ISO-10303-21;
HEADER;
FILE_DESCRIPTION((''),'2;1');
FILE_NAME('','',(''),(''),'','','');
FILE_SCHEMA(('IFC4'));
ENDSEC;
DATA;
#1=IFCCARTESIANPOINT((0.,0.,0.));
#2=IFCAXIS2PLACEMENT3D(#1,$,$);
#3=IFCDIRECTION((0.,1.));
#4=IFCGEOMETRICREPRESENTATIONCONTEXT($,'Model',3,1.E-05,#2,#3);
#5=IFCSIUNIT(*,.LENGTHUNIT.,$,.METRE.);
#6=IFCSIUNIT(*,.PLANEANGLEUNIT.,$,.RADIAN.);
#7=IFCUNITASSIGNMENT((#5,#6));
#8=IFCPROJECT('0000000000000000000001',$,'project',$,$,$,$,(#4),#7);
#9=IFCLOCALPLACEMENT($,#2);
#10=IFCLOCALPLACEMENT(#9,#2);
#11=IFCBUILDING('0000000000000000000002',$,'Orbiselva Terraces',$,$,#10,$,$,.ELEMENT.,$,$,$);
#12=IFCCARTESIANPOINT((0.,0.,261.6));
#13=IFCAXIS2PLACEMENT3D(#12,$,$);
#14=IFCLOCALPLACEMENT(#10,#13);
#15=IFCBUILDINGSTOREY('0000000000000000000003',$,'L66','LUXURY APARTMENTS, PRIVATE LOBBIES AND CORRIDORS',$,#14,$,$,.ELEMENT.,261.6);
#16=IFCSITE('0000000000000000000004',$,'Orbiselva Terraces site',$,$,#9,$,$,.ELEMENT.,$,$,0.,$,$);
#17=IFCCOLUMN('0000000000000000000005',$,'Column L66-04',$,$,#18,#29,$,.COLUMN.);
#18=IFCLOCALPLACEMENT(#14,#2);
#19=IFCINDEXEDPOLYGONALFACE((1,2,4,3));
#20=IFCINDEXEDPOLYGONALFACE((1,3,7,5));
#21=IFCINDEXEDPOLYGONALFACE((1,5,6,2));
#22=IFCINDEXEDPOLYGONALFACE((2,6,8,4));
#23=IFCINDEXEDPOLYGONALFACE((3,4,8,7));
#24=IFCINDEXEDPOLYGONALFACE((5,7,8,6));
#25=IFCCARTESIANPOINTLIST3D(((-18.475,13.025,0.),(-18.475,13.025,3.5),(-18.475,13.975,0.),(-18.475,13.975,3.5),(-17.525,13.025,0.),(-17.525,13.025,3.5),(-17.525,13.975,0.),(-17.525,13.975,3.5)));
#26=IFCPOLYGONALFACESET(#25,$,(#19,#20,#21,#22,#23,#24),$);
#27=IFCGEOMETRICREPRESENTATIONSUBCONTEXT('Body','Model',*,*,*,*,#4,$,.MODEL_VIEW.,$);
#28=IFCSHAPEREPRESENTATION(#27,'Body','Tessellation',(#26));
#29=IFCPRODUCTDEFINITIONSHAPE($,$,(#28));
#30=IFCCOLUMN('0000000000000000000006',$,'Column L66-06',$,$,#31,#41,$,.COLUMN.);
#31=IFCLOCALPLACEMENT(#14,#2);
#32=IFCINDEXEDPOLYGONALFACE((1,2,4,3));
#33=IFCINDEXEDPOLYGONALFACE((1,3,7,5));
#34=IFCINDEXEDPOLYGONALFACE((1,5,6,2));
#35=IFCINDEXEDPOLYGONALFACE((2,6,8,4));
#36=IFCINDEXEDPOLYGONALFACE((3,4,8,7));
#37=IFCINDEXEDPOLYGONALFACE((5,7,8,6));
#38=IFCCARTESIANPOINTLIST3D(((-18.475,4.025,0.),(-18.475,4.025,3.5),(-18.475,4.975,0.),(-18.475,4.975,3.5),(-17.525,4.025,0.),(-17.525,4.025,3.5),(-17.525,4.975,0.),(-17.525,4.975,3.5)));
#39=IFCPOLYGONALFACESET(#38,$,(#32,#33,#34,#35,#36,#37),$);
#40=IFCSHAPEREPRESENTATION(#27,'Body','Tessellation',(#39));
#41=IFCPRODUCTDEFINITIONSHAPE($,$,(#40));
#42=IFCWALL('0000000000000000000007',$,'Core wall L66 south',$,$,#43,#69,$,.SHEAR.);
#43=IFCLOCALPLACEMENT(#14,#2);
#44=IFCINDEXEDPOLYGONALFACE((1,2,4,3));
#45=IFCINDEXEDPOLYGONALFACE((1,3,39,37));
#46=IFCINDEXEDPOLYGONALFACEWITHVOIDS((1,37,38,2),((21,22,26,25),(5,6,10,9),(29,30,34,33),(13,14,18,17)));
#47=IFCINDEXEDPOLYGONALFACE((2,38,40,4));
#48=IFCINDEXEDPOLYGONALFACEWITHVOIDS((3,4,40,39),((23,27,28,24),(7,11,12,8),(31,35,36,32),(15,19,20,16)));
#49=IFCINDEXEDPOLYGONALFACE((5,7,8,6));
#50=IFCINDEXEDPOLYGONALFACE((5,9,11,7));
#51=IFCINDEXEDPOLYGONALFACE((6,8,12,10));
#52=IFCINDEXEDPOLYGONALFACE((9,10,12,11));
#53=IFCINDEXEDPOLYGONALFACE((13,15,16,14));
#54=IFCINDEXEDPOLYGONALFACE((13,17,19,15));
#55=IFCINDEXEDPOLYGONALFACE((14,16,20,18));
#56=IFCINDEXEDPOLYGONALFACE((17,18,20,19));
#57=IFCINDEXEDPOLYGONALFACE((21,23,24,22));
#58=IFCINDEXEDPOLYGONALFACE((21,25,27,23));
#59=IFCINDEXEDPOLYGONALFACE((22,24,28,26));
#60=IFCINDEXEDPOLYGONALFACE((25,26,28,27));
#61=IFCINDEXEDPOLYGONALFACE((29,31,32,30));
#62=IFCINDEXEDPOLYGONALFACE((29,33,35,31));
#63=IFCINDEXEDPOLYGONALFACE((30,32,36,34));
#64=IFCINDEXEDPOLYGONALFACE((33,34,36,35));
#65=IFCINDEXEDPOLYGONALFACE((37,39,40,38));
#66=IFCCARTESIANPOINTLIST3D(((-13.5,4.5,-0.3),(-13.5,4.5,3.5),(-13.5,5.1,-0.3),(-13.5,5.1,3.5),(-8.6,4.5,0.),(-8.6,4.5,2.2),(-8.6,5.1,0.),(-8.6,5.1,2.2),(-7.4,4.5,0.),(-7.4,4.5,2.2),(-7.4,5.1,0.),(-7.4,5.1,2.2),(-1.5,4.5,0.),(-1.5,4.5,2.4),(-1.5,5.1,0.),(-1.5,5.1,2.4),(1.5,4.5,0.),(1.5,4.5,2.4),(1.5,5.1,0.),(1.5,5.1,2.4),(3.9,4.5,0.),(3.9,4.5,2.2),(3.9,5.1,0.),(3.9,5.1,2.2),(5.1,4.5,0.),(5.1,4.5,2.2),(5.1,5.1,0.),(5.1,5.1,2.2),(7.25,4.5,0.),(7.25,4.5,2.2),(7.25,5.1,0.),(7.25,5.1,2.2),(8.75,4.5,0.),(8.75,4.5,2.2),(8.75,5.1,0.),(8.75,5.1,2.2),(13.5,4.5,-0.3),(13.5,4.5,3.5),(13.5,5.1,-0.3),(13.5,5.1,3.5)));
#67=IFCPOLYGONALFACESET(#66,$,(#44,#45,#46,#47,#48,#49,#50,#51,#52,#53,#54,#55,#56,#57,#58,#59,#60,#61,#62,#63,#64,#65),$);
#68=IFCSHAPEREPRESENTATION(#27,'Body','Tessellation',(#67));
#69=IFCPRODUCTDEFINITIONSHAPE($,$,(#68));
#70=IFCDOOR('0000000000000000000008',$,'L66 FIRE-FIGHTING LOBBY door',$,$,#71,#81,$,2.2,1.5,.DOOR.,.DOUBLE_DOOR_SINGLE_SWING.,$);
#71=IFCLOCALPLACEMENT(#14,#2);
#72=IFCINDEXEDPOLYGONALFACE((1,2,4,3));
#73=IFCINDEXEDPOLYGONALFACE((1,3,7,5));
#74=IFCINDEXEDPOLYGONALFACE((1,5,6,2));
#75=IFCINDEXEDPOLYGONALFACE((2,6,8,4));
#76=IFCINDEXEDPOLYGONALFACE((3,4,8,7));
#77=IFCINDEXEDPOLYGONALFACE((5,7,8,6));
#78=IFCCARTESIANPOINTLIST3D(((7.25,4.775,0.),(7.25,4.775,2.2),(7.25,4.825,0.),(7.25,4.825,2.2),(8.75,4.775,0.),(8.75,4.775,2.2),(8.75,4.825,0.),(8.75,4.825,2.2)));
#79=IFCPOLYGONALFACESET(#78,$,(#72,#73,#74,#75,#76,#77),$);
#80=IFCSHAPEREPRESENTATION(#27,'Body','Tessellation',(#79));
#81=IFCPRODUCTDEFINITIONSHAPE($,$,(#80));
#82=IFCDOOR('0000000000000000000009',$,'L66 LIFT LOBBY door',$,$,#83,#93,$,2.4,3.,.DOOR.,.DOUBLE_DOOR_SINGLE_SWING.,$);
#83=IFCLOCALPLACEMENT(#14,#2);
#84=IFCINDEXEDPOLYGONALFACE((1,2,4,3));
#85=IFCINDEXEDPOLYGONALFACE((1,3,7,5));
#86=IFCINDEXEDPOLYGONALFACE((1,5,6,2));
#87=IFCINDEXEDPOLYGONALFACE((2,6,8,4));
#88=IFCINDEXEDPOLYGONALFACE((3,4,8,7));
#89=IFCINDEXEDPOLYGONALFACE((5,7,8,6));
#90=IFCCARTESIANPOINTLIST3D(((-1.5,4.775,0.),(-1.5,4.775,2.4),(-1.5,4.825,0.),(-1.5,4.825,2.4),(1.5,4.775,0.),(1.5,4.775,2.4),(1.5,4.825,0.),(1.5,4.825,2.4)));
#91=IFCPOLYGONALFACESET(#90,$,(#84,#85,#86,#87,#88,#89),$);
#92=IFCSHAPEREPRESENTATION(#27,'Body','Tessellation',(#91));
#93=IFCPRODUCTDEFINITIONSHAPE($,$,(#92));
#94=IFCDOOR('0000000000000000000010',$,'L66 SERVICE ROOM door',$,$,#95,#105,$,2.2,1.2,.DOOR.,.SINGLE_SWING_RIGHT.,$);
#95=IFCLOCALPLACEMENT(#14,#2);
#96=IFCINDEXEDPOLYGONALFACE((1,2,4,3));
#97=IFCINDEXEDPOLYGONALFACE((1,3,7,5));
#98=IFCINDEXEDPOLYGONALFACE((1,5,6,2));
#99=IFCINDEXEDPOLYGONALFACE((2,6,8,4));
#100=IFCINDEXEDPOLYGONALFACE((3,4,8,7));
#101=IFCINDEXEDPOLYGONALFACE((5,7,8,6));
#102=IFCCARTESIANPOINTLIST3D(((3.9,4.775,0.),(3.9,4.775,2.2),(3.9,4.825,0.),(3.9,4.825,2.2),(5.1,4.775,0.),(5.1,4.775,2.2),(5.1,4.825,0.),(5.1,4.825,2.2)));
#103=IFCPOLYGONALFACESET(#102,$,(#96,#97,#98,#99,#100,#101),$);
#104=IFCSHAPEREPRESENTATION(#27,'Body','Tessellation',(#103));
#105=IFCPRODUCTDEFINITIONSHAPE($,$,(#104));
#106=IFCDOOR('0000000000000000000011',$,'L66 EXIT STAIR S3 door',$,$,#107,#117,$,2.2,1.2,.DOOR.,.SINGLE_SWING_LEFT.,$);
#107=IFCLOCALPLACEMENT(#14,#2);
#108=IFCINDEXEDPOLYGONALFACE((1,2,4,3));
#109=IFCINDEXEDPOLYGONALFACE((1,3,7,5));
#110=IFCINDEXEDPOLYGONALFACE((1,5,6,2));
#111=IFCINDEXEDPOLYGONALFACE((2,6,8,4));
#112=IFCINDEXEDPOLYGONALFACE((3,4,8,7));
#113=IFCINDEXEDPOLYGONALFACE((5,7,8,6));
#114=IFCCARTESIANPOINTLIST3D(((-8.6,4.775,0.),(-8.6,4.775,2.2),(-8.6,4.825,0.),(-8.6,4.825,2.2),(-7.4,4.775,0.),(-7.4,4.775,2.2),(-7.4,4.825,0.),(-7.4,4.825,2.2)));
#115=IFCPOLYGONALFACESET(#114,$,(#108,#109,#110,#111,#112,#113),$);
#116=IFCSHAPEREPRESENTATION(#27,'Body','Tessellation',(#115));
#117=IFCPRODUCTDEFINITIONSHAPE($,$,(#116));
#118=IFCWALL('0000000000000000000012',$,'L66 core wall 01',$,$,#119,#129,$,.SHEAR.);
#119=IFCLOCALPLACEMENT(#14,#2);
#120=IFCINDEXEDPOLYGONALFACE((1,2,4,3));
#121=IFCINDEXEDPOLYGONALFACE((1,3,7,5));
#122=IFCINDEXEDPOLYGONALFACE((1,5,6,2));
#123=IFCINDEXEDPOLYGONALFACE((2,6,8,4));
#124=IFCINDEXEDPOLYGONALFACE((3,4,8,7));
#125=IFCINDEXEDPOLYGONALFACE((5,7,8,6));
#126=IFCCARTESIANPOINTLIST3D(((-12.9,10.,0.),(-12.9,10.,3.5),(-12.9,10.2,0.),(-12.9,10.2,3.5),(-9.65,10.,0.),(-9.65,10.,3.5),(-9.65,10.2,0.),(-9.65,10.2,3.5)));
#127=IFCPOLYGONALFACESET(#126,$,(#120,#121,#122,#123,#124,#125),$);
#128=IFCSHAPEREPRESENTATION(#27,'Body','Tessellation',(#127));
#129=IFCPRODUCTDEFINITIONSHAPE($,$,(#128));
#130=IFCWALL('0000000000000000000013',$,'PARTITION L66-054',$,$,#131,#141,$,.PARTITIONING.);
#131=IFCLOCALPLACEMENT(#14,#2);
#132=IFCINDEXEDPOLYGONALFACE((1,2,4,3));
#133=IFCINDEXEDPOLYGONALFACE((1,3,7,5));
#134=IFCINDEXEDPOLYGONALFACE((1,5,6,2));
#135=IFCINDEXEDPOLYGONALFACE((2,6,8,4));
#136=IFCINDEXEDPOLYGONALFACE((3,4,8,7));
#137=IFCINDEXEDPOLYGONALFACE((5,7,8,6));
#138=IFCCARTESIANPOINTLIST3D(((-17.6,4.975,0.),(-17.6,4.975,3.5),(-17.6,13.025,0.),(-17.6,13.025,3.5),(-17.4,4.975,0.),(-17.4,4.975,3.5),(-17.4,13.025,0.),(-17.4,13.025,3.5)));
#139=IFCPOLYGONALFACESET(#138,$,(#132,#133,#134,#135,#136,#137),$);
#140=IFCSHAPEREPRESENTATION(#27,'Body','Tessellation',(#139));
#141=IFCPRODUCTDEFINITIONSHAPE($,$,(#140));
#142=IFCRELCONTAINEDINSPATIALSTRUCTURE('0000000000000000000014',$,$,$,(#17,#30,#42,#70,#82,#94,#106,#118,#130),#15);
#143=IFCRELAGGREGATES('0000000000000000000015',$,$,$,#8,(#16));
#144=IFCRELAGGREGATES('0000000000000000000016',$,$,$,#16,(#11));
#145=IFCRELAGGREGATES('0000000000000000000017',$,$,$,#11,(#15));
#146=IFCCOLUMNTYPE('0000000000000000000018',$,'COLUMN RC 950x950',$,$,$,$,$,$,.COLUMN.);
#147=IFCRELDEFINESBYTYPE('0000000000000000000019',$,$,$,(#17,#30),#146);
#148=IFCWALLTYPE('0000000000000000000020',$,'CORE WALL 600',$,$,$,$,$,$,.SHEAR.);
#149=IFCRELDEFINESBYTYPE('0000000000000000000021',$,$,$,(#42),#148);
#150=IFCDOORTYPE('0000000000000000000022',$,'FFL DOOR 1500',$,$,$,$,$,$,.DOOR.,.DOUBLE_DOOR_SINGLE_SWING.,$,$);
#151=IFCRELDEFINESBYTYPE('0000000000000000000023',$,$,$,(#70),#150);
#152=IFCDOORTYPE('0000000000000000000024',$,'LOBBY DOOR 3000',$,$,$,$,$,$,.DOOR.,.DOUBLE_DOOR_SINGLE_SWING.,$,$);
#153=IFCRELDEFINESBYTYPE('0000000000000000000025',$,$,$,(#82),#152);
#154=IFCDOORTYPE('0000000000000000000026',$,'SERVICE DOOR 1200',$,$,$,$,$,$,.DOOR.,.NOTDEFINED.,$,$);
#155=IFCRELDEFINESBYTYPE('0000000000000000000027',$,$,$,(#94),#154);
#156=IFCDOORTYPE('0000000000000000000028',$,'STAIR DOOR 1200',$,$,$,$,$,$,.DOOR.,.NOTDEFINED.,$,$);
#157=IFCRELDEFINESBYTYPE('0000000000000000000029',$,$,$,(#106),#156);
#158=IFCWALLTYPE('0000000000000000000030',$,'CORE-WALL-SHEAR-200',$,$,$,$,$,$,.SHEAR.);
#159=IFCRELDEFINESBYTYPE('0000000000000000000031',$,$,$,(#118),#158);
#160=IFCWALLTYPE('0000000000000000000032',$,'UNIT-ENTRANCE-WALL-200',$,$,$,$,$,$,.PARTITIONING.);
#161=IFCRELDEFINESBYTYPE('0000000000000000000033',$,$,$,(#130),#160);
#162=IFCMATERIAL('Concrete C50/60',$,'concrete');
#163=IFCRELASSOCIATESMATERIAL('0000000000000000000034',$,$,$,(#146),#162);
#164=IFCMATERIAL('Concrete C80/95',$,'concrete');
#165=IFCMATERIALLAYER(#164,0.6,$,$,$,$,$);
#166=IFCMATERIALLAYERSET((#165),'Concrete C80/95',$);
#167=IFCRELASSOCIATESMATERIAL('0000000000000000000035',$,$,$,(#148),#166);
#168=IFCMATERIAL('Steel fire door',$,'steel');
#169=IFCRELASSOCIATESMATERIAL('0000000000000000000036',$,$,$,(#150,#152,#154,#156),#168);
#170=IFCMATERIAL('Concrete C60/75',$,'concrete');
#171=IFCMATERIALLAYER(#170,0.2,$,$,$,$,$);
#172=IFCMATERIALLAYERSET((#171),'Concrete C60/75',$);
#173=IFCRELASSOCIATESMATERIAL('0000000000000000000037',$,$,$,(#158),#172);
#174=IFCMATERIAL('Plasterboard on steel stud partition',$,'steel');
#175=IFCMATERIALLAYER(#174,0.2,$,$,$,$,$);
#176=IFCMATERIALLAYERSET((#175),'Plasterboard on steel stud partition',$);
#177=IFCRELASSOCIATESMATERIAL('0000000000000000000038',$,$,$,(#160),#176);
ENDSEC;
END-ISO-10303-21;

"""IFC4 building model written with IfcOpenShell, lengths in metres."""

from ifc_helpers import new_model, si_unit, direction, frame, frame_2d, origin, origin_2d, place, context, subcontext, project, spatial, rectangle, extrude, material, layer, layer_set, material_profile, profile_set, type_object, element, fill, save


model = new_model("IFC4")

# Units and contexts
model_context = context("Model", 3, precision=1e-05, world=origin(), true_north=direction((0.0, 1.0)))
body_context = subcontext(model_context, "Body", "Model", "MODEL_VIEW")
ifc_project = project(units=[si_unit("LENGTHUNIT", "METRE"), si_unit("PLANEANGLEUNIT", "RADIAN")], contexts=[model_context])

# Site, building, storey
site_placement = place(None, origin())
site = spatial("IfcSite", under=ifc_project, at=site_placement, Name="Orbiselva Terraces site", CompositionType="ELEMENT", RefElevation=0.0)
building_placement = place(site_placement, origin())
building = spatial("IfcBuilding", under=site, at=building_placement, Name="Orbiselva Terraces", CompositionType="ELEMENT")
storey_placement = place(building_placement, frame((0.0, 0.0, 261.6)))
storey = spatial("IfcBuildingStorey", under=building, at=storey_placement, Name="L66", Description="LUXURY APARTMENTS, PRIVATE LOBBIES AND CORRIDORS", CompositionType="ELEMENT", Elevation=261.6)

# Columns
ifc_material_1 = material(Name="Concrete C50/60", Category="concrete")
ifc_material_profile = material_profile(ifc_material_1, rectangle(XDim=0.95, YDim=0.95, at=origin_2d()), Name="RC 950x950")
ifc_profile_set = profile_set([ifc_material_profile], Name="Concrete C50/60")
column_type = type_object("IfcColumnType", Name="COLUMN RC 950x950", PredefinedType="COLUMN", material=ifc_profile_set)
for number, where, z_axis, x_axis, name in (
    (1, (-18.0, 13.5, 0.0), (0.0, 0.0, 1.0), (1.0, 0.0, 0.0), "Column L66-04"),
    (2, (-18.0, 4.5, 0.0), (0.0, 0.0, 1.0), (1.0, 0.0, 0.0), "Column L66-06"),
):
    element("IfcColumn", number, at=place(storey_placement, frame(where, z_axis=z_axis, x_axis=x_axis)), inside=storey, type_object=column_type, Name=name, PredefinedType="COLUMN", context=body_context, shape_type="SweptSolid", body=[
        extrude(rectangle(XDim=0.95, YDim=0.95, at=origin_2d()), origin(), (0.0, 0.0, 1.0), 3.5),
    ])

# Wall, openings, doors
ifc_material_2 = material(Name="Concrete C80/95", Category="concrete")
ifc_layer_1 = layer(ifc_material_2, 0.6)
ifc_layer_set_1 = layer_set([ifc_layer_1], Name="Concrete C80/95")
wall_type_1 = type_object("IfcWallType", Name="CORE WALL 600", PredefinedType="SHEAR", material=ifc_layer_set_1)
wall_1_placement = place(storey_placement, frame((-13.5, 4.8, -0.3), z_axis=(0.0, 0.0, 1.0), x_axis=(1.0, 0.0, 0.0)))
wall_1 = element("IfcWall", 3, at=wall_1_placement, inside=storey, type_object=wall_type_1, Name="Core wall L66 south", PredefinedType="SHEAR", context=body_context, shape_type="SweptSolid", body=[
    extrude(rectangle(XDim=27.0, YDim=0.6, at=frame_2d((13.5, 0.0))), origin(), (0.0, 0.0, 1.0), 3.8),
])
opening_1_placement = place(wall_1_placement, frame((12.0, 0.0, 0.3)))
opening_1 = element("IfcOpeningElement", 4, at=opening_1_placement, cuts=wall_1, PredefinedType="OPENING", context=body_context, shape_type="SweptSolid", body=[
    extrude(rectangle(XDim=3.0, YDim=2.4, at=frame_2d((1.5, 1.2))), frame((0.0, 0.31, 0.0), z_axis=(0.0, -1.0, 0.0), x_axis=(1.0, 0.0, 0.0)), (0.0, 0.0, 1.0), 0.62),
])
opening_2_placement = place(wall_1_placement, frame((4.9, 0.0, 0.3)))
opening_2 = element("IfcOpeningElement", 5, at=opening_2_placement, cuts=wall_1, PredefinedType="OPENING", context=body_context, shape_type="SweptSolid", body=[
    extrude(rectangle(XDim=1.2, YDim=2.2, at=frame_2d((0.6, 1.1))), frame((0.0, 0.31, 0.0), z_axis=(0.0, -1.0, 0.0), x_axis=(1.0, 0.0, 0.0)), (0.0, 0.0, 1.0), 0.62),
])
opening_3_placement = place(wall_1_placement, frame((20.75, 0.0, 0.3)))
opening_3 = element("IfcOpeningElement", 6, at=opening_3_placement, cuts=wall_1, PredefinedType="OPENING", context=body_context, shape_type="SweptSolid", body=[
    extrude(rectangle(XDim=1.5, YDim=2.2, at=frame_2d((0.75, 1.1))), frame((0.0, 0.31, 0.0), z_axis=(0.0, -1.0, 0.0), x_axis=(1.0, 0.0, 0.0)), (0.0, 0.0, 1.0), 0.62),
])
opening_4_placement = place(wall_1_placement, frame((17.4, 0.0, 0.3)))
opening_4 = element("IfcOpeningElement", 7, at=opening_4_placement, cuts=wall_1, PredefinedType="OPENING", context=body_context, shape_type="SweptSolid", body=[
    extrude(rectangle(XDim=1.2, YDim=2.2, at=frame_2d((0.6, 1.1))), frame((0.0, 0.31, 0.0), z_axis=(0.0, -1.0, 0.0), x_axis=(1.0, 0.0, 0.0)), (0.0, 0.0, 1.0), 0.62),
])
ifc_material_3 = material(Name="Steel fire door", Category="steel")
door_type_1 = type_object("IfcDoorType", Name="FFL DOOR 1500", OperationType="DOUBLE_DOOR_SINGLE_SWING", PredefinedType="DOOR", material=ifc_material_3)
door_1_placement = place(opening_3_placement, frame((1.5, 0.0, 0.0), z_axis=(0.0, 0.0, 1.0), x_axis=(-1.0, 0.0, 0.0)))
door_1 = element("IfcDoor", 8, at=door_1_placement, inside=storey, type_object=door_type_1, Name="L66 FIRE-FIGHTING LOBBY door", OperationType="DOUBLE_DOOR_SINGLE_SWING", OverallHeight=2.2, OverallWidth=1.5, PredefinedType="DOOR", context=body_context, shape_type="SweptSolid", body=[
    extrude(rectangle(XDim=1.5, YDim=2.2, at=frame_2d((0.75, 1.1))), frame((0.0, 0.025, 0.0), z_axis=(0.0, -1.0, 0.0), x_axis=(1.0, 0.0, 0.0)), (0.0, 0.0, 1.0), 0.05),
])
fill(opening_3, door_1)
door_type_2 = type_object("IfcDoorType", Name="LOBBY DOOR 3000", OperationType="DOUBLE_DOOR_SINGLE_SWING", PredefinedType="DOOR", material=ifc_material_3)
door_2_placement = place(opening_1_placement, frame((3.0, 0.0, 0.0), z_axis=(0.0, 0.0, 1.0), x_axis=(-1.0, 0.0, 0.0)))
door_2 = element("IfcDoor", 9, at=door_2_placement, inside=storey, type_object=door_type_2, Name="L66 LIFT LOBBY door", OperationType="DOUBLE_DOOR_SINGLE_SWING", OverallHeight=2.4, OverallWidth=3.0, PredefinedType="DOOR", context=body_context, shape_type="SweptSolid", body=[
    extrude(rectangle(XDim=3.0, YDim=2.4, at=frame_2d((1.5, 1.2))), frame((0.0, 0.025, 0.0), z_axis=(0.0, -1.0, 0.0), x_axis=(1.0, 0.0, 0.0)), (0.0, 0.0, 1.0), 0.05),
])
fill(opening_1, door_2)
door_type_3 = type_object("IfcDoorType", Name="SERVICE DOOR 1200", OperationType="NOTDEFINED", PredefinedType="DOOR", material=ifc_material_3)
door_3_placement = place(opening_4_placement, frame((1.2, 0.0, 0.0), z_axis=(0.0, 0.0, 1.0), x_axis=(-1.0, 0.0, 0.0)))
door_3 = element("IfcDoor", 10, at=door_3_placement, inside=storey, type_object=door_type_3, Name="L66 SERVICE ROOM door", OperationType="SINGLE_SWING_RIGHT", OverallHeight=2.2, OverallWidth=1.2, PredefinedType="DOOR", context=body_context, shape_type="SweptSolid", body=[
    extrude(rectangle(XDim=1.2, YDim=2.2, at=frame_2d((0.6, 1.1))), frame((0.0, 0.025, 0.0), z_axis=(0.0, -1.0, 0.0), x_axis=(1.0, 0.0, 0.0)), (0.0, 0.0, 1.0), 0.05),
])
fill(opening_4, door_3)
door_type_4 = type_object("IfcDoorType", Name="STAIR DOOR 1200", OperationType="NOTDEFINED", PredefinedType="DOOR", material=ifc_material_3)
door_4_placement = place(opening_2_placement, frame((1.2, 0.0, 0.0), z_axis=(0.0, 0.0, 1.0), x_axis=(-1.0, 0.0, 0.0)))
door_4 = element("IfcDoor", 11, at=door_4_placement, inside=storey, type_object=door_type_4, Name="L66 EXIT STAIR S3 door", OperationType="SINGLE_SWING_LEFT", OverallHeight=2.2, OverallWidth=1.2, PredefinedType="DOOR", context=body_context, shape_type="SweptSolid", body=[
    extrude(rectangle(XDim=1.2, YDim=2.2, at=frame_2d((0.6, 1.1))), frame((0.0, 0.025, 0.0), z_axis=(0.0, -1.0, 0.0), x_axis=(1.0, 0.0, 0.0)), (0.0, 0.0, 1.0), 0.05),
])
fill(opening_2, door_4)

# Walls
ifc_material_4 = material(Name="Concrete C60/75", Category="concrete")
ifc_layer_2 = layer(ifc_material_4, 0.2)
ifc_layer_set_2 = layer_set([ifc_layer_2], Name="Concrete C60/75")
wall_type_2 = type_object("IfcWallType", Name="CORE-WALL-SHEAR-200", PredefinedType="SHEAR", material=ifc_layer_set_2)
wall_2_placement = place(storey_placement, frame((-12.9, 10.1, 0.0), z_axis=(0.0, 0.0, 1.0), x_axis=(1.0, 0.0, 0.0)))
element("IfcWall", 12, at=wall_2_placement, inside=storey, type_object=wall_type_2, Name="L66 core wall 01", PredefinedType="SHEAR", context=body_context, shape_type="SweptSolid", body=[
    extrude(rectangle(XDim=3.25, YDim=0.2, at=frame_2d((1.625, 0.0))), origin(), (0.0, 0.0, 1.0), 3.5),
])
ifc_material_5 = material(Name="Plasterboard on steel stud partition", Category="steel")
ifc_layer_3 = layer(ifc_material_5, 0.2)
ifc_layer_set_3 = layer_set([ifc_layer_3], Name="Plasterboard on steel stud partition")
wall_type_3 = type_object("IfcWallType", Name="UNIT-ENTRANCE-WALL-200", PredefinedType="PARTITIONING", material=ifc_layer_set_3)
wall_3_placement = place(storey_placement, frame((-17.5, 4.975, 0.0), z_axis=(0.0, 0.0, 1.0), x_axis=(0.0, 1.0, 0.0)))
element("IfcWall", 13, at=wall_3_placement, inside=storey, type_object=wall_type_3, Name="PARTITION L66-054", PredefinedType="PARTITIONING", context=body_context, shape_type="SweptSolid", body=[
    extrude(rectangle(XDim=8.05, YDim=0.2, at=frame_2d((4.025, 0.0))), origin(), (0.0, 0.0, 1.0), 3.5),
])

save(model, "model.ifc")
